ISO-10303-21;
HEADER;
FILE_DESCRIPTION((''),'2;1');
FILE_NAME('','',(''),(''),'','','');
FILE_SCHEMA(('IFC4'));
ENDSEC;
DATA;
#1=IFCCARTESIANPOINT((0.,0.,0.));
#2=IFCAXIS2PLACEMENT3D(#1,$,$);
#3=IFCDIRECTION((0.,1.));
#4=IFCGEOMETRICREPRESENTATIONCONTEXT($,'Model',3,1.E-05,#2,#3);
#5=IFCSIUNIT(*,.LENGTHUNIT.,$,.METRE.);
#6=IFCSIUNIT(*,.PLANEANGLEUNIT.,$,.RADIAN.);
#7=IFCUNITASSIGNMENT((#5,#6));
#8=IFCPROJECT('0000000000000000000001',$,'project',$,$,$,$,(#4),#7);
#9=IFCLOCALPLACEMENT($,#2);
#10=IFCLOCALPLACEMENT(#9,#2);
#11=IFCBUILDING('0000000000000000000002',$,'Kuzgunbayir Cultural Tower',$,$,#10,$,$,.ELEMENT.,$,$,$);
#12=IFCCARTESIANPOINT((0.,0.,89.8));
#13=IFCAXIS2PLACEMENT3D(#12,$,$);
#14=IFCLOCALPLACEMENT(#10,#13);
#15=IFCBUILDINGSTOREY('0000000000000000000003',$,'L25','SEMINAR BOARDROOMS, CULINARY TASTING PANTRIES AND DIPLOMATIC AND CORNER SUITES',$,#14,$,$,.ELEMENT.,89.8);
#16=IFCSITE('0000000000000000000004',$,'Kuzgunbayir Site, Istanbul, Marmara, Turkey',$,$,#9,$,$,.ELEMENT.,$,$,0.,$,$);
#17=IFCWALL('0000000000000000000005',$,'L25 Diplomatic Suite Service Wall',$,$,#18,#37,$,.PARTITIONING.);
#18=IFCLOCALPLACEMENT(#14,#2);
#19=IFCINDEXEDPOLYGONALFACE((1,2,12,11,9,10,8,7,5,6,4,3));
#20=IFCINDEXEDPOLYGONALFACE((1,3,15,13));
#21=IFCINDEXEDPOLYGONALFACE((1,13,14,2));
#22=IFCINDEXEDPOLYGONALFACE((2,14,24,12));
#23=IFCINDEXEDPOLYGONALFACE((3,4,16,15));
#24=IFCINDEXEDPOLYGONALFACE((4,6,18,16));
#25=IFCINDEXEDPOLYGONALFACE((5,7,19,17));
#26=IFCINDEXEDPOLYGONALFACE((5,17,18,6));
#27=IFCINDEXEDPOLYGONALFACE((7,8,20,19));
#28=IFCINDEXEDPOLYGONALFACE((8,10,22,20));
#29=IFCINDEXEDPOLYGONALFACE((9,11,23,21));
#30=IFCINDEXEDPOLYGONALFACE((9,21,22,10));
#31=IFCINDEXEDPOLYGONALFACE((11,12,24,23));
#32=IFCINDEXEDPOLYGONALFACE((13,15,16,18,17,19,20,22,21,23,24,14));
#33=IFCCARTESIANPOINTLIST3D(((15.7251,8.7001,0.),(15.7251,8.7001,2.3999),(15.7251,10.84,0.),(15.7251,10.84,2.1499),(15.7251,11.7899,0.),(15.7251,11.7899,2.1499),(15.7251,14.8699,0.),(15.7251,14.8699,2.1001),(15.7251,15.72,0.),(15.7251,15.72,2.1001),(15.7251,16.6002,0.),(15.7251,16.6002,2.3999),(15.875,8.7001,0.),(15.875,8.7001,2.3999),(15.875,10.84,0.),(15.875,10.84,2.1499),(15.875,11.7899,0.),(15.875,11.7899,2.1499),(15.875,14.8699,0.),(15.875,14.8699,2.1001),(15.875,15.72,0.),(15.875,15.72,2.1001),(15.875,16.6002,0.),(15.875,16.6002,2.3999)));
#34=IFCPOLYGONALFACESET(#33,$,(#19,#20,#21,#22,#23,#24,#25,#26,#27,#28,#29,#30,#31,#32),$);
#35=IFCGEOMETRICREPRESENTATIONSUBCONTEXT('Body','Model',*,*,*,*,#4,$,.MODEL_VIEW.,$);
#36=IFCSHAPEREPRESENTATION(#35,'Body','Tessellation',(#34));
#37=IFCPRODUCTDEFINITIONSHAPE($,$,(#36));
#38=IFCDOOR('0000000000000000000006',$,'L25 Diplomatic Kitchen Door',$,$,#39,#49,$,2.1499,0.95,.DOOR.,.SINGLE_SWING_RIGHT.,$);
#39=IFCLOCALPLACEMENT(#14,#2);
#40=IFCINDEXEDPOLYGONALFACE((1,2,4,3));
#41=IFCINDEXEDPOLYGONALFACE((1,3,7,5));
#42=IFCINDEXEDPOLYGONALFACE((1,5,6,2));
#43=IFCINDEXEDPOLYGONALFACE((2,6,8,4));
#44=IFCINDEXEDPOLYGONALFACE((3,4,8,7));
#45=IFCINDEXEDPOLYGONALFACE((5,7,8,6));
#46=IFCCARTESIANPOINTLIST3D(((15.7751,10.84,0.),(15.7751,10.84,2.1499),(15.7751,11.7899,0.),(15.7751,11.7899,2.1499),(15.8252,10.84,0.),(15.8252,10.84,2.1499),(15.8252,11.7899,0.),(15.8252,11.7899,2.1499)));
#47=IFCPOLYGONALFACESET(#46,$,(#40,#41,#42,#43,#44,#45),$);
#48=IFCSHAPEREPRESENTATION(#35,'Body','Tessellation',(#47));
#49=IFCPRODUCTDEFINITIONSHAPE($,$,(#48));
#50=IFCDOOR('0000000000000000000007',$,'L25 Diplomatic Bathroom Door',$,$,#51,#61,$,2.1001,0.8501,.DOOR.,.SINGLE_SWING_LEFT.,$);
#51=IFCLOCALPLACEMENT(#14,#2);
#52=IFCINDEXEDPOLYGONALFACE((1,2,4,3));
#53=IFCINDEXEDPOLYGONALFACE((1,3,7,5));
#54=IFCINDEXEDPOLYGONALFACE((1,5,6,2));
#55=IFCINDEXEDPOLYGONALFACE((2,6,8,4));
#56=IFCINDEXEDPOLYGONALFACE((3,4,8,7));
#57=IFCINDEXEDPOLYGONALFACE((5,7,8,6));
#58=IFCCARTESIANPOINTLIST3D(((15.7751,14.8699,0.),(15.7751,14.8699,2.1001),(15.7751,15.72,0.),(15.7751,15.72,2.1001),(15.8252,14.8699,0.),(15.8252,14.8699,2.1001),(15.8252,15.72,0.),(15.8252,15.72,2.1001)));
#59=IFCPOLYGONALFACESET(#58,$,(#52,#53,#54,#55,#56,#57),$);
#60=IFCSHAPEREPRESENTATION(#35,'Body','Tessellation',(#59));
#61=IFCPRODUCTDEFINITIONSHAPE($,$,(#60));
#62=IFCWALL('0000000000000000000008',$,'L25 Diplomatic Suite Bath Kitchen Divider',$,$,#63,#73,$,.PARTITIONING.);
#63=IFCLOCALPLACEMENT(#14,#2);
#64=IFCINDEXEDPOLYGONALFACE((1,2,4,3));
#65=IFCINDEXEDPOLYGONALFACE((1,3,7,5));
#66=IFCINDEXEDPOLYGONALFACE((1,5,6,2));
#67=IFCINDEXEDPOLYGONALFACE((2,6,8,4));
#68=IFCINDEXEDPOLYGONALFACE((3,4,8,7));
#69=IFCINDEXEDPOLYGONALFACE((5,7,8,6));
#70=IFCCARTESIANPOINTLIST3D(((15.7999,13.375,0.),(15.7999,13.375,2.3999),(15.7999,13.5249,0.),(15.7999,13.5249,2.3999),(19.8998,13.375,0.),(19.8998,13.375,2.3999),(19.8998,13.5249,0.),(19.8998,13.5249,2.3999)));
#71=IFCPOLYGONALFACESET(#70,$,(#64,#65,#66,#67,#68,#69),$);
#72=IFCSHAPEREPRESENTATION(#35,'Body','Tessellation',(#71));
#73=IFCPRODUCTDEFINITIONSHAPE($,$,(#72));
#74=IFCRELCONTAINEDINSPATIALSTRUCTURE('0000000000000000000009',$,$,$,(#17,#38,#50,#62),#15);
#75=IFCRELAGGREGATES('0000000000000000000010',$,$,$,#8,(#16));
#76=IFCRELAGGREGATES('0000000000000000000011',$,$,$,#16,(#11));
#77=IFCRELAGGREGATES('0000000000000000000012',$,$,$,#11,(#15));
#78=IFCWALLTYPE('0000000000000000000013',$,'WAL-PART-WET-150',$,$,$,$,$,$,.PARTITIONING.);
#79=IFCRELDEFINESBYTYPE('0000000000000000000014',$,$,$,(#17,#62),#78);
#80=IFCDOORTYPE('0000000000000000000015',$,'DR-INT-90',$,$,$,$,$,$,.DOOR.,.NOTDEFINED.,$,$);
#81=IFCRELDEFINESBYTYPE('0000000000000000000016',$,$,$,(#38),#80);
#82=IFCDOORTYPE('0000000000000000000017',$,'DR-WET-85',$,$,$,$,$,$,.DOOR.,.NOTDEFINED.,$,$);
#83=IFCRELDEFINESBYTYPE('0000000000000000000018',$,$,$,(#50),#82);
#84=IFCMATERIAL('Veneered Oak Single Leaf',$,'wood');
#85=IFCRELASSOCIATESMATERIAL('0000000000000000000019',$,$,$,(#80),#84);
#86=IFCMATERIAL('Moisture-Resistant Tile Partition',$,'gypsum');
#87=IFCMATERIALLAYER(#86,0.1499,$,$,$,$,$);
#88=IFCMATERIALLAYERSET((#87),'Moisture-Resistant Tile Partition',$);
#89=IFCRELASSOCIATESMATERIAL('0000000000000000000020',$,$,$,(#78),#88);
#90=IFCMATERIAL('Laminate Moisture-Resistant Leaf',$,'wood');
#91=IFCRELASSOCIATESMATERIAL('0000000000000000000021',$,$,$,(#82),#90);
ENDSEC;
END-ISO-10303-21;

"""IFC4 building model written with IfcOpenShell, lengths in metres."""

from ifc_helpers import new_model, si_unit, direction, frame, frame_2d, origin, place, context, subcontext, project, spatial, rectangle, extrude, material, layer, layer_set, type_object, element, fill, save


model = new_model("IFC4")

# Units and contexts
model_context = context("Model", 3, precision=1e-05, world=origin(), true_north=direction((0.0, 1.0)))
body_context = subcontext(model_context, "Body", "Model", "MODEL_VIEW")
ifc_project = project(units=[si_unit("LENGTHUNIT", "METRE"), si_unit("PLANEANGLEUNIT", "RADIAN")], contexts=[model_context])

# Site, building, storey
site_placement = place(None, origin())
site = spatial("IfcSite", under=ifc_project, at=site_placement, Name="Kuzgunbayir Site, Istanbul, Marmara, Turkey", CompositionType="ELEMENT", RefElevation=0.0)
building_placement = place(site_placement, origin())
building = spatial("IfcBuilding", under=site, at=building_placement, Name="Kuzgunbayir Cultural Tower", CompositionType="ELEMENT")
storey_placement = place(building_placement, frame((0.0, 0.0, 89.8)))
storey = spatial("IfcBuildingStorey", under=building, at=storey_placement, Name="L25", Description="SEMINAR BOARDROOMS, CULINARY TASTING PANTRIES AND DIPLOMATIC AND CORNER SUITES", CompositionType="ELEMENT", Elevation=89.8)

# Shared definitions
ifc_material_1 = material(Name="Veneered Oak Single Leaf", Category="wood")
door_type_1 = type_object("IfcDoorType", Name="DR-INT-90", OperationType="NOTDEFINED", PredefinedType="DOOR", material=ifc_material_1)
ifc_material_2 = material(Name="Laminate Moisture-Resistant Leaf", Category="wood")

# Wall, openings, doors
ifc_material_3 = material(Name="Moisture-Resistant Tile Partition", Category="gypsum")
ifc_layer_1 = layer(ifc_material_3, 0.1499)
ifc_layer_set_1 = layer_set([ifc_layer_1], Name="Moisture-Resistant Tile Partition")
wall_type_1 = type_object("IfcWallType", Name="WAL-PART-WET-150", PredefinedType="PARTITIONING", material=ifc_layer_set_1)
wall_1_placement = place(storey_placement, frame((15.8, 8.7, 0.0), z_axis=(0.0, 0.0, 1.0), x_axis=(0.0, 1.0, 0.0)))
wall_1 = element("IfcWall", 1, at=wall_1_placement, inside=storey, type_object=wall_type_1, Name="L25 Diplomatic Suite Service Wall", PredefinedType="PARTITIONING", context=body_context, shape_type="SweptSolid", body=[
    extrude(rectangle(XDim=7.9001, YDim=0.1499, at=frame_2d((3.9502, 0.0))), origin(), (0.0, 0.0, 1.0), 2.3999),
])
opening_1_placement = place(wall_1_placement, frame((2.1399, 0.0, 0.0)))
opening_1 = element("IfcOpeningElement", 2, at=opening_1_placement, cuts=wall_1, PredefinedType="OPENING", context=body_context, shape_type="SweptSolid", body=[
    extrude(rectangle(XDim=0.95, YDim=2.1499, at=frame_2d((0.4751, 1.075))), frame((0.0, 0.085, 0.0), z_axis=(0.0, -1.0, 0.0), x_axis=(1.0, 0.0, 0.0)), (0.0, 0.0, 1.0), 0.1699),
])
opening_2_placement = place(wall_1_placement, frame((6.1699, 0.0, 0.0)))
opening_2 = element("IfcOpeningElement", 3, at=opening_2_placement, cuts=wall_1, PredefinedType="OPENING", context=body_context, shape_type="SweptSolid", body=[
    extrude(rectangle(XDim=0.8501, YDim=2.1001, at=frame_2d((0.425, 1.05))), frame((0.0, 0.085, 0.0), z_axis=(0.0, -1.0, 0.0), x_axis=(1.0, 0.0, 0.0)), (0.0, 0.0, 1.0), 0.1699),
])
door_1_placement = place(opening_1_placement, origin())
door_1 = element("IfcDoor", 4, at=door_1_placement, inside=storey, type_object=door_type_1, Name="L25 Diplomatic Kitchen Door", OperationType="SINGLE_SWING_RIGHT", OverallHeight=2.1499, OverallWidth=0.95, PredefinedType="DOOR", context=body_context, shape_type="SweptSolid", body=[
    extrude(rectangle(XDim=0.95, YDim=2.1499, at=frame_2d((0.4751, 1.075))), frame((0.0, 0.0249, 0.0), z_axis=(0.0, -1.0, 0.0), x_axis=(1.0, 0.0, 0.0)), (0.0, 0.0, 1.0), 0.05),
])
fill(opening_1, door_1)
door_type_2 = type_object("IfcDoorType", Name="DR-WET-85", OperationType="NOTDEFINED", PredefinedType="DOOR", material=ifc_material_2)
door_2_placement = place(opening_2_placement, origin())
door_2 = element("IfcDoor", 5, at=door_2_placement, inside=storey, type_object=door_type_2, Name="L25 Diplomatic Bathroom Door", OperationType="SINGLE_SWING_LEFT", OverallHeight=2.1001, OverallWidth=0.8501, PredefinedType="DOOR", context=body_context, shape_type="SweptSolid", body=[
    extrude(rectangle(XDim=0.8501, YDim=2.1001, at=frame_2d((0.425, 1.05))), frame((0.0, 0.0249, 0.0), z_axis=(0.0, -1.0, 0.0), x_axis=(1.0, 0.0, 0.0)), (0.0, 0.0, 1.0), 0.05),
])
fill(opening_2, door_2)

# Wall
wall_2_placement = place(storey_placement, frame((15.8, 13.45, 0.0), z_axis=(0.0, 0.0, 1.0), x_axis=(1.0, 0.0, 0.0)))
element("IfcWall", 6, at=wall_2_placement, inside=storey, type_object=wall_type_1, Name="L25 Diplomatic Suite Bath Kitchen Divider", PredefinedType="PARTITIONING", context=body_context, shape_type="SweptSolid", body=[
    extrude(rectangle(XDim=4.0999, YDim=0.1499, at=frame_2d((2.0498, 0.0))), origin(), (0.0, 0.0, 1.0), 2.3999),
])

save(model, "model.ifc")
